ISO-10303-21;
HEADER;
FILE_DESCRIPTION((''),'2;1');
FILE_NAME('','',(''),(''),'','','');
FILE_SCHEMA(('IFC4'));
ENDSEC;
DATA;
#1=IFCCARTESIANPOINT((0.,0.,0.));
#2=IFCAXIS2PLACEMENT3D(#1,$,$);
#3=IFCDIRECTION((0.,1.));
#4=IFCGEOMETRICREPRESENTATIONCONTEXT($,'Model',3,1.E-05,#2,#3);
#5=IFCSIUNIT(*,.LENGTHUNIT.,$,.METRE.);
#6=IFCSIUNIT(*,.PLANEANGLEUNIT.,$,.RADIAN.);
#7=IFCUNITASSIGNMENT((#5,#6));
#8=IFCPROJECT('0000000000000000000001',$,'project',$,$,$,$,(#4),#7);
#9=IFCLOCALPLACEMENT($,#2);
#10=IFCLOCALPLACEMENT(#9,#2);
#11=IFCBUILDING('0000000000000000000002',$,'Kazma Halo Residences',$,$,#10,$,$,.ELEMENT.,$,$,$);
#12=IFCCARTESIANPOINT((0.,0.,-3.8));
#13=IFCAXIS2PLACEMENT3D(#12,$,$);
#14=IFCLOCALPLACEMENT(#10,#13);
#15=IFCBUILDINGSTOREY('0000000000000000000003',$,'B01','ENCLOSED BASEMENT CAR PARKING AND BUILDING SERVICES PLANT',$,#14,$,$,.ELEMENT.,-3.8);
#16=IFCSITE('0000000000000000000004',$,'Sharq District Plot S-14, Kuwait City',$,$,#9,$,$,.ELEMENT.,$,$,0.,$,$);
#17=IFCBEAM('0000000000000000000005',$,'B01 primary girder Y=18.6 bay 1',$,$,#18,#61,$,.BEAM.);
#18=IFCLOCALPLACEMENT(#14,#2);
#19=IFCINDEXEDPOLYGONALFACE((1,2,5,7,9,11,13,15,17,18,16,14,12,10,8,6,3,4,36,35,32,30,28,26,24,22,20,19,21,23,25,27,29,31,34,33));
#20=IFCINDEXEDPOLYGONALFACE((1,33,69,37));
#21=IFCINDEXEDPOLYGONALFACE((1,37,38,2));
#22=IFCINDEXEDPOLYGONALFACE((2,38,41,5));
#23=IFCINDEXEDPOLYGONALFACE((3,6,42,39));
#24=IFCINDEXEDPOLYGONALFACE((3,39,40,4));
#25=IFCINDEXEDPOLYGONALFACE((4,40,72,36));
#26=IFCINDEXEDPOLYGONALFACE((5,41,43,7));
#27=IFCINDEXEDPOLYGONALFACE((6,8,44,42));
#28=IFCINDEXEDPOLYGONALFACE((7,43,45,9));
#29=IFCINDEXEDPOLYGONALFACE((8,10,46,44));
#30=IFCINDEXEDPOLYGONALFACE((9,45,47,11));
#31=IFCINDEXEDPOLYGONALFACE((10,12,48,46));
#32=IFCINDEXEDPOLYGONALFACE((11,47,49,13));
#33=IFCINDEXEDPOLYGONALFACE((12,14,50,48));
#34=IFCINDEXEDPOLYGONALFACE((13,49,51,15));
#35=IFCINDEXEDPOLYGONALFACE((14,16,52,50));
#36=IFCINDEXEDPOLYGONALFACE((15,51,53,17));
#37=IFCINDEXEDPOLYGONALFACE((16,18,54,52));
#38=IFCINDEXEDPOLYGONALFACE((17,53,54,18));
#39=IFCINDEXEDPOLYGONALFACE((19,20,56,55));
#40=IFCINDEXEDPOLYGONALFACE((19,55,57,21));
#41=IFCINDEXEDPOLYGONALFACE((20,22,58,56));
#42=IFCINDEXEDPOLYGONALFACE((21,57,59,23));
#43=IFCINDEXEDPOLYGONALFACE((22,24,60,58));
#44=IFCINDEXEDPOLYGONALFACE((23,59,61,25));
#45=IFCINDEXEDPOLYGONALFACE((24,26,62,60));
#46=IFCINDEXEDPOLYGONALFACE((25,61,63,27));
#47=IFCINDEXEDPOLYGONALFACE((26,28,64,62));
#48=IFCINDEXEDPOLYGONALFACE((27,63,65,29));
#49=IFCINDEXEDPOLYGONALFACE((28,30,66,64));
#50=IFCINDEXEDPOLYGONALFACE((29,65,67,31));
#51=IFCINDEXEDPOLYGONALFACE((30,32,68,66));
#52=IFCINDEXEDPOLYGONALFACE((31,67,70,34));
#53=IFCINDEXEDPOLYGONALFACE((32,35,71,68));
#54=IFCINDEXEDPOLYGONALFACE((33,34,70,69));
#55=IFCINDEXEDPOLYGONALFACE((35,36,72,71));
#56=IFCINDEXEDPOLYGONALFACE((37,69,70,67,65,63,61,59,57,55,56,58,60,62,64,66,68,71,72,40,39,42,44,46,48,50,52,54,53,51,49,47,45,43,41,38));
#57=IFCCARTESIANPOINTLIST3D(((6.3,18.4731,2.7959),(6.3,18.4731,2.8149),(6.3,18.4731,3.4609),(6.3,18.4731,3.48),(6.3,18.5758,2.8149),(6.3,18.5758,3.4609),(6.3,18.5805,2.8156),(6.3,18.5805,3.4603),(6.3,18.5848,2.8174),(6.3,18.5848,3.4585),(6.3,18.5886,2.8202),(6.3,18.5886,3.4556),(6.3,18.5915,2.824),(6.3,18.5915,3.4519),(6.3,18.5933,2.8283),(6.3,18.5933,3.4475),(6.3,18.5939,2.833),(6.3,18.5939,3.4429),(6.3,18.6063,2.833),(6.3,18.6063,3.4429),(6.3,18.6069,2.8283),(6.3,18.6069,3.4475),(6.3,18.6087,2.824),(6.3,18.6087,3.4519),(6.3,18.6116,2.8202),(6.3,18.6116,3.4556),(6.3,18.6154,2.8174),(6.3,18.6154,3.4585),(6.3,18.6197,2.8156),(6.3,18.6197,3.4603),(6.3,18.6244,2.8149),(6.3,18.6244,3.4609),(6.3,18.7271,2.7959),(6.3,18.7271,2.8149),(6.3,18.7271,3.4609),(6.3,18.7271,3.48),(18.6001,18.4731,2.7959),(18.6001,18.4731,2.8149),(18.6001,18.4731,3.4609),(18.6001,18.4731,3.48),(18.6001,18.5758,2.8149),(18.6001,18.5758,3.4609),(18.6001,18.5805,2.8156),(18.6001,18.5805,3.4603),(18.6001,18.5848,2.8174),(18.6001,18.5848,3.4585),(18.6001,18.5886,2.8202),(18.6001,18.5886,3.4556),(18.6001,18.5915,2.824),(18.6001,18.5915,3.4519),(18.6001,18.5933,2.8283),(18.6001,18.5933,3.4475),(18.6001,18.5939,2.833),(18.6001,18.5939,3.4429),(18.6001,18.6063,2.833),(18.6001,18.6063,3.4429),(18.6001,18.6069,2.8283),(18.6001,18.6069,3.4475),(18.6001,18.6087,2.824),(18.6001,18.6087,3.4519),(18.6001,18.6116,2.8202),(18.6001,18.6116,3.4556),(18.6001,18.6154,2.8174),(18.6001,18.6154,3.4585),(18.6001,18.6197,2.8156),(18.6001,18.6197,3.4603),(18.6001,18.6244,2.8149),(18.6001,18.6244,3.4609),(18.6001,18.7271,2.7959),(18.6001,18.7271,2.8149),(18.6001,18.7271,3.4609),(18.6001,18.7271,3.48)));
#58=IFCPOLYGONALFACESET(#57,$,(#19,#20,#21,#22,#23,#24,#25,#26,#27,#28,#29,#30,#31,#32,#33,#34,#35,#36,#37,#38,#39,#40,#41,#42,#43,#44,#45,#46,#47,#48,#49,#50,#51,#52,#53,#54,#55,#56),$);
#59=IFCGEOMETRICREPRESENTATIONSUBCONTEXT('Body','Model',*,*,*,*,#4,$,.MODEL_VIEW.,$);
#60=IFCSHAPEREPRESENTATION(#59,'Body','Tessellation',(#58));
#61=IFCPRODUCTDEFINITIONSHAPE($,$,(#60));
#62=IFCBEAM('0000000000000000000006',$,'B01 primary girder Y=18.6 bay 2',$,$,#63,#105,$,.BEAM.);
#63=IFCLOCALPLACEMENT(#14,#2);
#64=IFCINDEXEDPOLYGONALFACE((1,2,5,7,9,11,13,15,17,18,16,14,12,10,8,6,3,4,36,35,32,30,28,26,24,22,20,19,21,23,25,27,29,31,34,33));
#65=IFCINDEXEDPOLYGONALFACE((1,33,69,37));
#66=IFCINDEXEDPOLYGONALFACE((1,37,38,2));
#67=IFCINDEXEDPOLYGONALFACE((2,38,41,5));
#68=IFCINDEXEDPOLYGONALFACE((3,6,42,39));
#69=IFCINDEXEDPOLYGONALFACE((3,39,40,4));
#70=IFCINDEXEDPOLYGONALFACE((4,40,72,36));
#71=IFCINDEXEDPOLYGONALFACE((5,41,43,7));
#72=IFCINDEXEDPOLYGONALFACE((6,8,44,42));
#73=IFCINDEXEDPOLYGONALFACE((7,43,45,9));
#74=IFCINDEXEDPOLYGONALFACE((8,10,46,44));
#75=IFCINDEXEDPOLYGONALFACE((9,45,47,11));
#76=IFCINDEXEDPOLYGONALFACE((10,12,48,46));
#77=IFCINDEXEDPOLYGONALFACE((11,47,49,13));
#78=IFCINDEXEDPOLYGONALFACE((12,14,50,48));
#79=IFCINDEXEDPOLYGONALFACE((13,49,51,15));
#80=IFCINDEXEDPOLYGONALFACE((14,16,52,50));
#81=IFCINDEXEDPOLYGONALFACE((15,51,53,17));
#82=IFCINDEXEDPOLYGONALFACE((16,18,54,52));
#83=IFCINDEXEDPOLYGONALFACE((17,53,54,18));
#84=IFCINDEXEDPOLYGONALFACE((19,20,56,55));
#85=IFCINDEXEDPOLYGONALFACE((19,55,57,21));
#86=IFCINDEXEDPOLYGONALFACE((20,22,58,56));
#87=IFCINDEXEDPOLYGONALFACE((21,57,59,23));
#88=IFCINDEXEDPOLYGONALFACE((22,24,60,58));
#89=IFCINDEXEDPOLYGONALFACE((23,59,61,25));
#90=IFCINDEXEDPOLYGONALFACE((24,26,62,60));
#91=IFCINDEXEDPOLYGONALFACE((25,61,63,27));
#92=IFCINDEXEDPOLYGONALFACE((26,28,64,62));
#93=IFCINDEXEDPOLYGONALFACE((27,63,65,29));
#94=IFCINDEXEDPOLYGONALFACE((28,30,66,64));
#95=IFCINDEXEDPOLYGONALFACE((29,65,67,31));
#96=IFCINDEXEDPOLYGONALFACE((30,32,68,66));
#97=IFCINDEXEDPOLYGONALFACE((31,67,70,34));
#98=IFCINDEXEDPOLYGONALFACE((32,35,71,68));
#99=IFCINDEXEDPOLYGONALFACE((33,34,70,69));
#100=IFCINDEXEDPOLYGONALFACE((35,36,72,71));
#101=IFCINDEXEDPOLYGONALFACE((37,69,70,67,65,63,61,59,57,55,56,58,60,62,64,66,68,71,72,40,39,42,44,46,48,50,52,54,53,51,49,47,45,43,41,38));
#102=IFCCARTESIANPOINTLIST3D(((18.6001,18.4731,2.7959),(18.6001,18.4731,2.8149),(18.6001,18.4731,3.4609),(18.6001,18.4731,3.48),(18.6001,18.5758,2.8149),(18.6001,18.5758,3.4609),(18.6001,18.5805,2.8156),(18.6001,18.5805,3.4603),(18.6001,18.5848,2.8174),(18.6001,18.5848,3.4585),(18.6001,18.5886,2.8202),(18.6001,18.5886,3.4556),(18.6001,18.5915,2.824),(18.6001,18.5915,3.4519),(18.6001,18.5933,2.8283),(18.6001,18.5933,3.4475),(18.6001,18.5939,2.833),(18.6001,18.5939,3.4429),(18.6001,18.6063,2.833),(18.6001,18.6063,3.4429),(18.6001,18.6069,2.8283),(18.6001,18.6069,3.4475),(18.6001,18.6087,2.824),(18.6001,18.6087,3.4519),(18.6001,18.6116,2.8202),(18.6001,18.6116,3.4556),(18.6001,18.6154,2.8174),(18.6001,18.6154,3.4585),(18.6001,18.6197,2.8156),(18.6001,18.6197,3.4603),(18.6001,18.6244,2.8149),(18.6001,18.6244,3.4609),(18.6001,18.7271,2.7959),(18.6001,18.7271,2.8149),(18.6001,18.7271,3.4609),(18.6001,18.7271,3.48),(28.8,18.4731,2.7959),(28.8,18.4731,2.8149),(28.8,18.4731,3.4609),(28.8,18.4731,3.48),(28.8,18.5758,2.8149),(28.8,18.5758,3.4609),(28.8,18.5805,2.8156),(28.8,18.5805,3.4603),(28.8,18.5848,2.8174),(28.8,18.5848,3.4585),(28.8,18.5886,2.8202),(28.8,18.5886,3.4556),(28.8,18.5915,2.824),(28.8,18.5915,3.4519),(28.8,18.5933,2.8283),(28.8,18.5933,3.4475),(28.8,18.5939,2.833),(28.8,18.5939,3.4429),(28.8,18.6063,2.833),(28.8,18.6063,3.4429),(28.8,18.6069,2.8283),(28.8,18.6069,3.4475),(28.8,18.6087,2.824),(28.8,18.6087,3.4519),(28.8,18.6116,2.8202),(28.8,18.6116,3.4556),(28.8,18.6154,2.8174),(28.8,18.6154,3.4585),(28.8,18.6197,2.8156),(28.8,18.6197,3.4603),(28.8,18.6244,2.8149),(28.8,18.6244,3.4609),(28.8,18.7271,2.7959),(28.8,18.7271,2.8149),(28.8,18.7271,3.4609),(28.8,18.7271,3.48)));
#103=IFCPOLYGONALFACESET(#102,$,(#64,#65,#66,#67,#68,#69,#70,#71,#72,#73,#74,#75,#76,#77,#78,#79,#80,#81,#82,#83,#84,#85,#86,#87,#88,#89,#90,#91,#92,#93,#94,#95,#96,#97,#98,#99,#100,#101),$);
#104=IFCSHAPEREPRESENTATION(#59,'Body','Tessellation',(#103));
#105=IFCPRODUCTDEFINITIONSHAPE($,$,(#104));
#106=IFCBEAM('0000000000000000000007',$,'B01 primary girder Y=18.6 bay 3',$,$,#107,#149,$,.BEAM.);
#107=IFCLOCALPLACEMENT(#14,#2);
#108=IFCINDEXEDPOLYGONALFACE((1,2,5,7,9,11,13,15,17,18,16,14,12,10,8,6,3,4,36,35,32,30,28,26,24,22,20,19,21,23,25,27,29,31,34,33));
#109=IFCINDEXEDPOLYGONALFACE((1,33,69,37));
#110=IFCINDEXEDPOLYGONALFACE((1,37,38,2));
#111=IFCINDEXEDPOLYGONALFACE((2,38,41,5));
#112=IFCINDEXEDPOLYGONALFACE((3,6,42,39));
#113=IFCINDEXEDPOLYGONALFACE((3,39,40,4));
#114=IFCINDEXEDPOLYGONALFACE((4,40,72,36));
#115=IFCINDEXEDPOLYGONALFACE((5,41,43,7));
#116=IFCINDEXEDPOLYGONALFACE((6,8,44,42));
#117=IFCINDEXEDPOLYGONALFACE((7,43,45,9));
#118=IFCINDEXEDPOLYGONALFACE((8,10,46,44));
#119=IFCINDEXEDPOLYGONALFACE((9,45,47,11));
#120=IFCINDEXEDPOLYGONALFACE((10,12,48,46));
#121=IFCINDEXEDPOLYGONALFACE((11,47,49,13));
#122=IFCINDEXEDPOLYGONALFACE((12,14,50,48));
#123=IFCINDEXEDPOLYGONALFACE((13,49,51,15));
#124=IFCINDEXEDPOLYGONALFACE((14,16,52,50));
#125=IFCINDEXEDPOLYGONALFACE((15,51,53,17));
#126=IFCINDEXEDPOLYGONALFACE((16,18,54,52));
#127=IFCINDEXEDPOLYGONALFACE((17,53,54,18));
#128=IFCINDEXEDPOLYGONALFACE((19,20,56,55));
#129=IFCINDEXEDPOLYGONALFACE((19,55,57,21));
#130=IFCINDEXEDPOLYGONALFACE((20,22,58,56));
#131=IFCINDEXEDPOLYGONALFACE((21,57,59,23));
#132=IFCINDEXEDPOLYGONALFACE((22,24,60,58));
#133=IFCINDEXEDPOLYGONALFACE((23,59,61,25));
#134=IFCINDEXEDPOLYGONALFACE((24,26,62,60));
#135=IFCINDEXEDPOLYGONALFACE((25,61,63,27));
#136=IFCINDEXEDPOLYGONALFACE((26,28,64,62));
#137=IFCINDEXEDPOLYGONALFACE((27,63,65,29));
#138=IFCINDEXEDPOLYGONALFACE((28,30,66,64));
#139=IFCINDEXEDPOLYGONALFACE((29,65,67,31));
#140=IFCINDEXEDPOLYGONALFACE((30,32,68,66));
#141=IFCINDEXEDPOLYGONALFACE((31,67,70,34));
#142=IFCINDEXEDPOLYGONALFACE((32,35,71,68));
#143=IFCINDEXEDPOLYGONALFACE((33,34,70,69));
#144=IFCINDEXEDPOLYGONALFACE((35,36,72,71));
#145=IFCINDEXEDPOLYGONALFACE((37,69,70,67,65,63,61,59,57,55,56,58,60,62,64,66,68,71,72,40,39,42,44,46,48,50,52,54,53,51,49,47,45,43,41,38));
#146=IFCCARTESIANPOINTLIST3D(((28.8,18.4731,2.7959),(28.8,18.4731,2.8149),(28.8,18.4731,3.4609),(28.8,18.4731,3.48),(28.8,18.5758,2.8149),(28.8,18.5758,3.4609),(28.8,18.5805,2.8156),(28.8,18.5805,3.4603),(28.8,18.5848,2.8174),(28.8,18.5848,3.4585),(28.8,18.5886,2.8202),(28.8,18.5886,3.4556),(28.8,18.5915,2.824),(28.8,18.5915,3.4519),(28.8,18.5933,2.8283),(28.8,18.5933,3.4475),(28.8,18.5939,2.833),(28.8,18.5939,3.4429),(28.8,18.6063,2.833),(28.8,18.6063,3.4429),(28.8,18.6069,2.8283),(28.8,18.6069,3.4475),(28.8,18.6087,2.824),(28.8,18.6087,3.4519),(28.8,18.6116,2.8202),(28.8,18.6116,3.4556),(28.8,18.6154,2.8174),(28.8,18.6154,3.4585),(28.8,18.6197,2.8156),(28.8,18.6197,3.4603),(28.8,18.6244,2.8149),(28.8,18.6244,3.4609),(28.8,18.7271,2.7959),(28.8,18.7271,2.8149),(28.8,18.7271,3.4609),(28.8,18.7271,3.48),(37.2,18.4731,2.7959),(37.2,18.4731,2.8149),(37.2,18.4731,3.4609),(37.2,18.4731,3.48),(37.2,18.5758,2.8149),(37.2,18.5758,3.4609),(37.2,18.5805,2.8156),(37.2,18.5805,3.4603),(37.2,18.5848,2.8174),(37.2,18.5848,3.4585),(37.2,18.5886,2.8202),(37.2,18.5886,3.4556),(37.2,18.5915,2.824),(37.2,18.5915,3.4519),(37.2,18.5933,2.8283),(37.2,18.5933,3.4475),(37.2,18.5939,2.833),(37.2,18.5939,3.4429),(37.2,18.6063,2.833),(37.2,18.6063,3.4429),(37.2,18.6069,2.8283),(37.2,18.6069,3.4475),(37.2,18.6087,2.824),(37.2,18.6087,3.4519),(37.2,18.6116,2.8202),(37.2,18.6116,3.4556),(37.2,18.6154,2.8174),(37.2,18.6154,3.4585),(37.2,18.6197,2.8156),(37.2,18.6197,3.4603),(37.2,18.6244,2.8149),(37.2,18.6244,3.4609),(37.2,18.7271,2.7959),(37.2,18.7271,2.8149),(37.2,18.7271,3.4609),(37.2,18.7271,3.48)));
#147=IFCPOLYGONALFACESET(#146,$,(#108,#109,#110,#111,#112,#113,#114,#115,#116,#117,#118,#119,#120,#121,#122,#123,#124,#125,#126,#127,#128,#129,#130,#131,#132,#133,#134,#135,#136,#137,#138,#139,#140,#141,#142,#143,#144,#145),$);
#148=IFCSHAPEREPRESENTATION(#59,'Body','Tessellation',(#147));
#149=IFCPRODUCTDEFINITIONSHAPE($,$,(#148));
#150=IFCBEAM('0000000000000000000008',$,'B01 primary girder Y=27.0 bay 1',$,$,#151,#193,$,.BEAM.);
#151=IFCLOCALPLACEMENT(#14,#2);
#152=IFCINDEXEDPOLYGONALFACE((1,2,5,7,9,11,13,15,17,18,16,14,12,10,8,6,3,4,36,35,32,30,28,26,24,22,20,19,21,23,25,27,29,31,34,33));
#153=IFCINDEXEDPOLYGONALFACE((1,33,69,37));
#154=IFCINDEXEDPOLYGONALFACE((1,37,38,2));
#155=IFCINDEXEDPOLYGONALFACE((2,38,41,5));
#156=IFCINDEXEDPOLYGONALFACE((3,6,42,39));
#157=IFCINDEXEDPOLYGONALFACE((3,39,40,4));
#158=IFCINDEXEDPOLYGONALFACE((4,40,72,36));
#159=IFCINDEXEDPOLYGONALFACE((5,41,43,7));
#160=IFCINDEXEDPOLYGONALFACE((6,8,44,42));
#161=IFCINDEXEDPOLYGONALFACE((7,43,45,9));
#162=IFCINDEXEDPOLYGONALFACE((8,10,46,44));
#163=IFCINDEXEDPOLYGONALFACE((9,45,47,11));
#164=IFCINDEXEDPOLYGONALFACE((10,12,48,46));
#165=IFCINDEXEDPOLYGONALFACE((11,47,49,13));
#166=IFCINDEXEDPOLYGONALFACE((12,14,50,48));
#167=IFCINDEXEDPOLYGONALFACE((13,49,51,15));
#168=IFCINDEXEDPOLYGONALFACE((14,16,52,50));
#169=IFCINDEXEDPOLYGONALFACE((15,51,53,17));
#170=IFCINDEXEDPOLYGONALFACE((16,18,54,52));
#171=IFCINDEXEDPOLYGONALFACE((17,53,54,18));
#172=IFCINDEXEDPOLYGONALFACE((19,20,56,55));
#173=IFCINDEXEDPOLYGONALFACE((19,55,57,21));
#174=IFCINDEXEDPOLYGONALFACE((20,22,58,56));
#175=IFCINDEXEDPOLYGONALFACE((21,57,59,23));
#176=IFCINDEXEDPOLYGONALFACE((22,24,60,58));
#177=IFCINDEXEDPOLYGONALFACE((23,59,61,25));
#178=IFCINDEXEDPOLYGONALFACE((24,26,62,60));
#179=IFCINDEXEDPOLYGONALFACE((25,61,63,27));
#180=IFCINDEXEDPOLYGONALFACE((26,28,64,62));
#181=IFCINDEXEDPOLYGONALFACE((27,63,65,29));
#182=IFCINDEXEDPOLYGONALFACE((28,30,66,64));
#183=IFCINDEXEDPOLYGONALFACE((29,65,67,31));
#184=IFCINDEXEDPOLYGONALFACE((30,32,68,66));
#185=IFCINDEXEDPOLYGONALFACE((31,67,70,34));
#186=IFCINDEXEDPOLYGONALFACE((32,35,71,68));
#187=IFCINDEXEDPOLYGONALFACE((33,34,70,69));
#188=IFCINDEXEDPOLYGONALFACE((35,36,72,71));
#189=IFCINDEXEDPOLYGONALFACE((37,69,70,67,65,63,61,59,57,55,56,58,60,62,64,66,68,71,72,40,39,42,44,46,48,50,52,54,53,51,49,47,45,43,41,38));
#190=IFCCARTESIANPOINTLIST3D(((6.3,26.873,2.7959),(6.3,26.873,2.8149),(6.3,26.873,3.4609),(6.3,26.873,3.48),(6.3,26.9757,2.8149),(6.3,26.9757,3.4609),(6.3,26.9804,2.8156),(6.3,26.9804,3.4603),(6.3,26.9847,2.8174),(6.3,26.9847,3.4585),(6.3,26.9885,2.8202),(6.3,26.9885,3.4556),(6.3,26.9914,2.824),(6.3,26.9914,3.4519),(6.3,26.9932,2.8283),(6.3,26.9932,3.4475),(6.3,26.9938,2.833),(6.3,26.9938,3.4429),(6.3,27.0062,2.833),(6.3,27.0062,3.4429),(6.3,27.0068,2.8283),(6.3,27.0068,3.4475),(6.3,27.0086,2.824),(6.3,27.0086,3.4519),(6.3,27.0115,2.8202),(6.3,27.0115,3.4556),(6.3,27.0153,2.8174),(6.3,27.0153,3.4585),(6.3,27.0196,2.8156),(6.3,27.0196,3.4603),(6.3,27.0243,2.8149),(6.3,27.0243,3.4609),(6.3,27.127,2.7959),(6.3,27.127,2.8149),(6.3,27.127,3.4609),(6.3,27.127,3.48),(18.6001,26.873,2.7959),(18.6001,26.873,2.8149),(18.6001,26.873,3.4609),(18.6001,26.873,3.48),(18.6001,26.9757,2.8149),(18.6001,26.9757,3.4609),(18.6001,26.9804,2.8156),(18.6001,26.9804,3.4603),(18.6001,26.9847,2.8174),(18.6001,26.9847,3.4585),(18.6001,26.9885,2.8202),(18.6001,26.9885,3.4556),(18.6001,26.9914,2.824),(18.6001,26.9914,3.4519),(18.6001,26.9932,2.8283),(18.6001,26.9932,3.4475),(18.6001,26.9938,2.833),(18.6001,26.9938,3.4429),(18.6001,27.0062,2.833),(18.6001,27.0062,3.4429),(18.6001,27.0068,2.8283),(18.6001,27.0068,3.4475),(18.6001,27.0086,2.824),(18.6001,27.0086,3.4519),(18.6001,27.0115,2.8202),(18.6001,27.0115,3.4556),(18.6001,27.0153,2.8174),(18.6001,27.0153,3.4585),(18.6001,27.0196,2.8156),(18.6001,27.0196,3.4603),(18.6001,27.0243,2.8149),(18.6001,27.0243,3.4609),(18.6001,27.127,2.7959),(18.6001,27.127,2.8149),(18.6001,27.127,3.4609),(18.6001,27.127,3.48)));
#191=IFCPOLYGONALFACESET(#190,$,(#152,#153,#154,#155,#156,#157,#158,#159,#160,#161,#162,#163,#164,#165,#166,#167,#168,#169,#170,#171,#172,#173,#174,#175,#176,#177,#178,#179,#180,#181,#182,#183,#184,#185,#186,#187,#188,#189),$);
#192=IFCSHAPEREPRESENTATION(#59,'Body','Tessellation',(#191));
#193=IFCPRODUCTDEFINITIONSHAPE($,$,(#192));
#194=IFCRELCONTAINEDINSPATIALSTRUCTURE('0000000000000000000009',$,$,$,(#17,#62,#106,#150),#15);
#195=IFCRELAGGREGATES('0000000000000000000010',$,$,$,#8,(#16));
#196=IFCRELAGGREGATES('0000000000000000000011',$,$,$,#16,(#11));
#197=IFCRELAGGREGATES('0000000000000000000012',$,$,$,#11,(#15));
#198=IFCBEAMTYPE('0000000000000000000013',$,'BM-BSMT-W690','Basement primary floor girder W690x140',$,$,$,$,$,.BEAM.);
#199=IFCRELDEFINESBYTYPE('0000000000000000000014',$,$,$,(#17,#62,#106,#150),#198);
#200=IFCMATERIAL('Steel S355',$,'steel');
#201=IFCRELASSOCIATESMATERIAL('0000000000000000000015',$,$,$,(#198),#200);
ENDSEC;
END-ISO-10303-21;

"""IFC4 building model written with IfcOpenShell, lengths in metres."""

from ifc_helpers import new_model, si_unit, direction, frame, origin, origin_2d, place, context, subcontext, project, spatial, i_section, extrude, material, material_profile, profile_set, type_object, element, save


model = new_model("IFC4")

# Units and contexts
model_context = context("Model", 3, precision=1e-05, world=origin(), true_north=direction((0.0, 1.0)))
body_context = subcontext(model_context, "Body", "Model", "MODEL_VIEW")
ifc_project = project(units=[si_unit("LENGTHUNIT", "METRE"), si_unit("PLANEANGLEUNIT", "RADIAN")], contexts=[model_context])

# Site, building, storey
site_placement = place(None, origin())
site = spatial("IfcSite", under=ifc_project, at=site_placement, Name="Sharq District Plot S-14, Kuwait City", CompositionType="ELEMENT", RefElevation=0.0)
building_placement = place(site_placement, origin())
building = spatial("IfcBuilding", under=site, at=building_placement, Name="Kazma Halo Residences", CompositionType="ELEMENT")
storey_placement = place(building_placement, frame((0.0, 0.0, -3.8)))
storey = spatial("IfcBuildingStorey", under=building, at=storey_placement, Name="B01", Description="ENCLOSED BASEMENT CAR PARKING AND BUILDING SERVICES PLANT", CompositionType="ELEMENT", Elevation=-3.8)

# Beams
ifc_material_1 = material(Name="Steel S355", Category="steel")
ifc_material_profile_1 = material_profile(ifc_material_1, i_section(OverallWidth=0.2539, OverallDepth=0.6841, WebThickness=0.0125, FlangeThickness=0.019, FilletRadius=0.0181, at=origin_2d()), Name="W690x140")
ifc_profile_set_1 = profile_set([ifc_material_profile_1], Name="Steel S355")
beam_type_1 = type_object("IfcBeamType", Name="BM-BSMT-W690", Description="Basement primary floor girder W690x140", PredefinedType="BEAM", material=ifc_profile_set_1)
beam_1_placement = place(storey_placement, frame((6.3, 18.6001, 3.1379), z_axis=(1.0, 0.0, 0.0), x_axis=(0.0, 1.0, 0.0)))
element("IfcBeam", 1, at=beam_1_placement, inside=storey, type_object=beam_type_1, Name="B01 primary girder Y=18.6 bay 1", PredefinedType="BEAM", context=body_context, shape_type="SweptSolid", body=[
    extrude(i_section(OverallWidth=0.2539, OverallDepth=0.6841, WebThickness=0.0125, FlangeThickness=0.019, FilletRadius=0.0181, at=origin_2d()), origin(), (0.0, 0.0, 1.0), 12.3),
])
beam_2_placement = place(storey_placement, frame((18.6001, 18.6001, 3.1379), z_axis=(1.0, 0.0, 0.0), x_axis=(0.0, 1.0, 0.0)))
element("IfcBeam", 2, at=beam_2_placement, inside=storey, type_object=beam_type_1, Name="B01 primary girder Y=18.6 bay 2", PredefinedType="BEAM", context=body_context, shape_type="SweptSolid", body=[
    extrude(i_section(OverallWidth=0.2539, OverallDepth=0.6841, WebThickness=0.0125, FlangeThickness=0.019, FilletRadius=0.0181, at=origin_2d()), origin(), (0.0, 0.0, 1.0), 10.2),
])
beam_3_placement = place(storey_placement, frame((28.8, 18.6001, 3.1379), z_axis=(1.0, 0.0, 0.0), x_axis=(0.0, 1.0, 0.0)))
element("IfcBeam", 3, at=beam_3_placement, inside=storey, type_object=beam_type_1, Name="B01 primary girder Y=18.6 bay 3", PredefinedType="BEAM", context=body_context, shape_type="SweptSolid", body=[
    extrude(i_section(OverallWidth=0.2539, OverallDepth=0.6841, WebThickness=0.0125, FlangeThickness=0.019, FilletRadius=0.0181, at=origin_2d()), origin(), (0.0, 0.0, 1.0), 8.3999),
])
beam_4_placement = place(storey_placement, frame((6.3, 27.0, 3.1379), z_axis=(1.0, 0.0, 0.0), x_axis=(0.0, 1.0, 0.0)))
element("IfcBeam", 4, at=beam_4_placement, inside=storey, type_object=beam_type_1, Name="B01 primary girder Y=27.0 bay 1", PredefinedType="BEAM", context=body_context, shape_type="SweptSolid", body=[
    extrude(i_section(OverallWidth=0.2539, OverallDepth=0.6841, WebThickness=0.0125, FlangeThickness=0.019, FilletRadius=0.0181, at=origin_2d()), origin(), (0.0, 0.0, 1.0), 12.3),
])

save(model, "model.ifc")
